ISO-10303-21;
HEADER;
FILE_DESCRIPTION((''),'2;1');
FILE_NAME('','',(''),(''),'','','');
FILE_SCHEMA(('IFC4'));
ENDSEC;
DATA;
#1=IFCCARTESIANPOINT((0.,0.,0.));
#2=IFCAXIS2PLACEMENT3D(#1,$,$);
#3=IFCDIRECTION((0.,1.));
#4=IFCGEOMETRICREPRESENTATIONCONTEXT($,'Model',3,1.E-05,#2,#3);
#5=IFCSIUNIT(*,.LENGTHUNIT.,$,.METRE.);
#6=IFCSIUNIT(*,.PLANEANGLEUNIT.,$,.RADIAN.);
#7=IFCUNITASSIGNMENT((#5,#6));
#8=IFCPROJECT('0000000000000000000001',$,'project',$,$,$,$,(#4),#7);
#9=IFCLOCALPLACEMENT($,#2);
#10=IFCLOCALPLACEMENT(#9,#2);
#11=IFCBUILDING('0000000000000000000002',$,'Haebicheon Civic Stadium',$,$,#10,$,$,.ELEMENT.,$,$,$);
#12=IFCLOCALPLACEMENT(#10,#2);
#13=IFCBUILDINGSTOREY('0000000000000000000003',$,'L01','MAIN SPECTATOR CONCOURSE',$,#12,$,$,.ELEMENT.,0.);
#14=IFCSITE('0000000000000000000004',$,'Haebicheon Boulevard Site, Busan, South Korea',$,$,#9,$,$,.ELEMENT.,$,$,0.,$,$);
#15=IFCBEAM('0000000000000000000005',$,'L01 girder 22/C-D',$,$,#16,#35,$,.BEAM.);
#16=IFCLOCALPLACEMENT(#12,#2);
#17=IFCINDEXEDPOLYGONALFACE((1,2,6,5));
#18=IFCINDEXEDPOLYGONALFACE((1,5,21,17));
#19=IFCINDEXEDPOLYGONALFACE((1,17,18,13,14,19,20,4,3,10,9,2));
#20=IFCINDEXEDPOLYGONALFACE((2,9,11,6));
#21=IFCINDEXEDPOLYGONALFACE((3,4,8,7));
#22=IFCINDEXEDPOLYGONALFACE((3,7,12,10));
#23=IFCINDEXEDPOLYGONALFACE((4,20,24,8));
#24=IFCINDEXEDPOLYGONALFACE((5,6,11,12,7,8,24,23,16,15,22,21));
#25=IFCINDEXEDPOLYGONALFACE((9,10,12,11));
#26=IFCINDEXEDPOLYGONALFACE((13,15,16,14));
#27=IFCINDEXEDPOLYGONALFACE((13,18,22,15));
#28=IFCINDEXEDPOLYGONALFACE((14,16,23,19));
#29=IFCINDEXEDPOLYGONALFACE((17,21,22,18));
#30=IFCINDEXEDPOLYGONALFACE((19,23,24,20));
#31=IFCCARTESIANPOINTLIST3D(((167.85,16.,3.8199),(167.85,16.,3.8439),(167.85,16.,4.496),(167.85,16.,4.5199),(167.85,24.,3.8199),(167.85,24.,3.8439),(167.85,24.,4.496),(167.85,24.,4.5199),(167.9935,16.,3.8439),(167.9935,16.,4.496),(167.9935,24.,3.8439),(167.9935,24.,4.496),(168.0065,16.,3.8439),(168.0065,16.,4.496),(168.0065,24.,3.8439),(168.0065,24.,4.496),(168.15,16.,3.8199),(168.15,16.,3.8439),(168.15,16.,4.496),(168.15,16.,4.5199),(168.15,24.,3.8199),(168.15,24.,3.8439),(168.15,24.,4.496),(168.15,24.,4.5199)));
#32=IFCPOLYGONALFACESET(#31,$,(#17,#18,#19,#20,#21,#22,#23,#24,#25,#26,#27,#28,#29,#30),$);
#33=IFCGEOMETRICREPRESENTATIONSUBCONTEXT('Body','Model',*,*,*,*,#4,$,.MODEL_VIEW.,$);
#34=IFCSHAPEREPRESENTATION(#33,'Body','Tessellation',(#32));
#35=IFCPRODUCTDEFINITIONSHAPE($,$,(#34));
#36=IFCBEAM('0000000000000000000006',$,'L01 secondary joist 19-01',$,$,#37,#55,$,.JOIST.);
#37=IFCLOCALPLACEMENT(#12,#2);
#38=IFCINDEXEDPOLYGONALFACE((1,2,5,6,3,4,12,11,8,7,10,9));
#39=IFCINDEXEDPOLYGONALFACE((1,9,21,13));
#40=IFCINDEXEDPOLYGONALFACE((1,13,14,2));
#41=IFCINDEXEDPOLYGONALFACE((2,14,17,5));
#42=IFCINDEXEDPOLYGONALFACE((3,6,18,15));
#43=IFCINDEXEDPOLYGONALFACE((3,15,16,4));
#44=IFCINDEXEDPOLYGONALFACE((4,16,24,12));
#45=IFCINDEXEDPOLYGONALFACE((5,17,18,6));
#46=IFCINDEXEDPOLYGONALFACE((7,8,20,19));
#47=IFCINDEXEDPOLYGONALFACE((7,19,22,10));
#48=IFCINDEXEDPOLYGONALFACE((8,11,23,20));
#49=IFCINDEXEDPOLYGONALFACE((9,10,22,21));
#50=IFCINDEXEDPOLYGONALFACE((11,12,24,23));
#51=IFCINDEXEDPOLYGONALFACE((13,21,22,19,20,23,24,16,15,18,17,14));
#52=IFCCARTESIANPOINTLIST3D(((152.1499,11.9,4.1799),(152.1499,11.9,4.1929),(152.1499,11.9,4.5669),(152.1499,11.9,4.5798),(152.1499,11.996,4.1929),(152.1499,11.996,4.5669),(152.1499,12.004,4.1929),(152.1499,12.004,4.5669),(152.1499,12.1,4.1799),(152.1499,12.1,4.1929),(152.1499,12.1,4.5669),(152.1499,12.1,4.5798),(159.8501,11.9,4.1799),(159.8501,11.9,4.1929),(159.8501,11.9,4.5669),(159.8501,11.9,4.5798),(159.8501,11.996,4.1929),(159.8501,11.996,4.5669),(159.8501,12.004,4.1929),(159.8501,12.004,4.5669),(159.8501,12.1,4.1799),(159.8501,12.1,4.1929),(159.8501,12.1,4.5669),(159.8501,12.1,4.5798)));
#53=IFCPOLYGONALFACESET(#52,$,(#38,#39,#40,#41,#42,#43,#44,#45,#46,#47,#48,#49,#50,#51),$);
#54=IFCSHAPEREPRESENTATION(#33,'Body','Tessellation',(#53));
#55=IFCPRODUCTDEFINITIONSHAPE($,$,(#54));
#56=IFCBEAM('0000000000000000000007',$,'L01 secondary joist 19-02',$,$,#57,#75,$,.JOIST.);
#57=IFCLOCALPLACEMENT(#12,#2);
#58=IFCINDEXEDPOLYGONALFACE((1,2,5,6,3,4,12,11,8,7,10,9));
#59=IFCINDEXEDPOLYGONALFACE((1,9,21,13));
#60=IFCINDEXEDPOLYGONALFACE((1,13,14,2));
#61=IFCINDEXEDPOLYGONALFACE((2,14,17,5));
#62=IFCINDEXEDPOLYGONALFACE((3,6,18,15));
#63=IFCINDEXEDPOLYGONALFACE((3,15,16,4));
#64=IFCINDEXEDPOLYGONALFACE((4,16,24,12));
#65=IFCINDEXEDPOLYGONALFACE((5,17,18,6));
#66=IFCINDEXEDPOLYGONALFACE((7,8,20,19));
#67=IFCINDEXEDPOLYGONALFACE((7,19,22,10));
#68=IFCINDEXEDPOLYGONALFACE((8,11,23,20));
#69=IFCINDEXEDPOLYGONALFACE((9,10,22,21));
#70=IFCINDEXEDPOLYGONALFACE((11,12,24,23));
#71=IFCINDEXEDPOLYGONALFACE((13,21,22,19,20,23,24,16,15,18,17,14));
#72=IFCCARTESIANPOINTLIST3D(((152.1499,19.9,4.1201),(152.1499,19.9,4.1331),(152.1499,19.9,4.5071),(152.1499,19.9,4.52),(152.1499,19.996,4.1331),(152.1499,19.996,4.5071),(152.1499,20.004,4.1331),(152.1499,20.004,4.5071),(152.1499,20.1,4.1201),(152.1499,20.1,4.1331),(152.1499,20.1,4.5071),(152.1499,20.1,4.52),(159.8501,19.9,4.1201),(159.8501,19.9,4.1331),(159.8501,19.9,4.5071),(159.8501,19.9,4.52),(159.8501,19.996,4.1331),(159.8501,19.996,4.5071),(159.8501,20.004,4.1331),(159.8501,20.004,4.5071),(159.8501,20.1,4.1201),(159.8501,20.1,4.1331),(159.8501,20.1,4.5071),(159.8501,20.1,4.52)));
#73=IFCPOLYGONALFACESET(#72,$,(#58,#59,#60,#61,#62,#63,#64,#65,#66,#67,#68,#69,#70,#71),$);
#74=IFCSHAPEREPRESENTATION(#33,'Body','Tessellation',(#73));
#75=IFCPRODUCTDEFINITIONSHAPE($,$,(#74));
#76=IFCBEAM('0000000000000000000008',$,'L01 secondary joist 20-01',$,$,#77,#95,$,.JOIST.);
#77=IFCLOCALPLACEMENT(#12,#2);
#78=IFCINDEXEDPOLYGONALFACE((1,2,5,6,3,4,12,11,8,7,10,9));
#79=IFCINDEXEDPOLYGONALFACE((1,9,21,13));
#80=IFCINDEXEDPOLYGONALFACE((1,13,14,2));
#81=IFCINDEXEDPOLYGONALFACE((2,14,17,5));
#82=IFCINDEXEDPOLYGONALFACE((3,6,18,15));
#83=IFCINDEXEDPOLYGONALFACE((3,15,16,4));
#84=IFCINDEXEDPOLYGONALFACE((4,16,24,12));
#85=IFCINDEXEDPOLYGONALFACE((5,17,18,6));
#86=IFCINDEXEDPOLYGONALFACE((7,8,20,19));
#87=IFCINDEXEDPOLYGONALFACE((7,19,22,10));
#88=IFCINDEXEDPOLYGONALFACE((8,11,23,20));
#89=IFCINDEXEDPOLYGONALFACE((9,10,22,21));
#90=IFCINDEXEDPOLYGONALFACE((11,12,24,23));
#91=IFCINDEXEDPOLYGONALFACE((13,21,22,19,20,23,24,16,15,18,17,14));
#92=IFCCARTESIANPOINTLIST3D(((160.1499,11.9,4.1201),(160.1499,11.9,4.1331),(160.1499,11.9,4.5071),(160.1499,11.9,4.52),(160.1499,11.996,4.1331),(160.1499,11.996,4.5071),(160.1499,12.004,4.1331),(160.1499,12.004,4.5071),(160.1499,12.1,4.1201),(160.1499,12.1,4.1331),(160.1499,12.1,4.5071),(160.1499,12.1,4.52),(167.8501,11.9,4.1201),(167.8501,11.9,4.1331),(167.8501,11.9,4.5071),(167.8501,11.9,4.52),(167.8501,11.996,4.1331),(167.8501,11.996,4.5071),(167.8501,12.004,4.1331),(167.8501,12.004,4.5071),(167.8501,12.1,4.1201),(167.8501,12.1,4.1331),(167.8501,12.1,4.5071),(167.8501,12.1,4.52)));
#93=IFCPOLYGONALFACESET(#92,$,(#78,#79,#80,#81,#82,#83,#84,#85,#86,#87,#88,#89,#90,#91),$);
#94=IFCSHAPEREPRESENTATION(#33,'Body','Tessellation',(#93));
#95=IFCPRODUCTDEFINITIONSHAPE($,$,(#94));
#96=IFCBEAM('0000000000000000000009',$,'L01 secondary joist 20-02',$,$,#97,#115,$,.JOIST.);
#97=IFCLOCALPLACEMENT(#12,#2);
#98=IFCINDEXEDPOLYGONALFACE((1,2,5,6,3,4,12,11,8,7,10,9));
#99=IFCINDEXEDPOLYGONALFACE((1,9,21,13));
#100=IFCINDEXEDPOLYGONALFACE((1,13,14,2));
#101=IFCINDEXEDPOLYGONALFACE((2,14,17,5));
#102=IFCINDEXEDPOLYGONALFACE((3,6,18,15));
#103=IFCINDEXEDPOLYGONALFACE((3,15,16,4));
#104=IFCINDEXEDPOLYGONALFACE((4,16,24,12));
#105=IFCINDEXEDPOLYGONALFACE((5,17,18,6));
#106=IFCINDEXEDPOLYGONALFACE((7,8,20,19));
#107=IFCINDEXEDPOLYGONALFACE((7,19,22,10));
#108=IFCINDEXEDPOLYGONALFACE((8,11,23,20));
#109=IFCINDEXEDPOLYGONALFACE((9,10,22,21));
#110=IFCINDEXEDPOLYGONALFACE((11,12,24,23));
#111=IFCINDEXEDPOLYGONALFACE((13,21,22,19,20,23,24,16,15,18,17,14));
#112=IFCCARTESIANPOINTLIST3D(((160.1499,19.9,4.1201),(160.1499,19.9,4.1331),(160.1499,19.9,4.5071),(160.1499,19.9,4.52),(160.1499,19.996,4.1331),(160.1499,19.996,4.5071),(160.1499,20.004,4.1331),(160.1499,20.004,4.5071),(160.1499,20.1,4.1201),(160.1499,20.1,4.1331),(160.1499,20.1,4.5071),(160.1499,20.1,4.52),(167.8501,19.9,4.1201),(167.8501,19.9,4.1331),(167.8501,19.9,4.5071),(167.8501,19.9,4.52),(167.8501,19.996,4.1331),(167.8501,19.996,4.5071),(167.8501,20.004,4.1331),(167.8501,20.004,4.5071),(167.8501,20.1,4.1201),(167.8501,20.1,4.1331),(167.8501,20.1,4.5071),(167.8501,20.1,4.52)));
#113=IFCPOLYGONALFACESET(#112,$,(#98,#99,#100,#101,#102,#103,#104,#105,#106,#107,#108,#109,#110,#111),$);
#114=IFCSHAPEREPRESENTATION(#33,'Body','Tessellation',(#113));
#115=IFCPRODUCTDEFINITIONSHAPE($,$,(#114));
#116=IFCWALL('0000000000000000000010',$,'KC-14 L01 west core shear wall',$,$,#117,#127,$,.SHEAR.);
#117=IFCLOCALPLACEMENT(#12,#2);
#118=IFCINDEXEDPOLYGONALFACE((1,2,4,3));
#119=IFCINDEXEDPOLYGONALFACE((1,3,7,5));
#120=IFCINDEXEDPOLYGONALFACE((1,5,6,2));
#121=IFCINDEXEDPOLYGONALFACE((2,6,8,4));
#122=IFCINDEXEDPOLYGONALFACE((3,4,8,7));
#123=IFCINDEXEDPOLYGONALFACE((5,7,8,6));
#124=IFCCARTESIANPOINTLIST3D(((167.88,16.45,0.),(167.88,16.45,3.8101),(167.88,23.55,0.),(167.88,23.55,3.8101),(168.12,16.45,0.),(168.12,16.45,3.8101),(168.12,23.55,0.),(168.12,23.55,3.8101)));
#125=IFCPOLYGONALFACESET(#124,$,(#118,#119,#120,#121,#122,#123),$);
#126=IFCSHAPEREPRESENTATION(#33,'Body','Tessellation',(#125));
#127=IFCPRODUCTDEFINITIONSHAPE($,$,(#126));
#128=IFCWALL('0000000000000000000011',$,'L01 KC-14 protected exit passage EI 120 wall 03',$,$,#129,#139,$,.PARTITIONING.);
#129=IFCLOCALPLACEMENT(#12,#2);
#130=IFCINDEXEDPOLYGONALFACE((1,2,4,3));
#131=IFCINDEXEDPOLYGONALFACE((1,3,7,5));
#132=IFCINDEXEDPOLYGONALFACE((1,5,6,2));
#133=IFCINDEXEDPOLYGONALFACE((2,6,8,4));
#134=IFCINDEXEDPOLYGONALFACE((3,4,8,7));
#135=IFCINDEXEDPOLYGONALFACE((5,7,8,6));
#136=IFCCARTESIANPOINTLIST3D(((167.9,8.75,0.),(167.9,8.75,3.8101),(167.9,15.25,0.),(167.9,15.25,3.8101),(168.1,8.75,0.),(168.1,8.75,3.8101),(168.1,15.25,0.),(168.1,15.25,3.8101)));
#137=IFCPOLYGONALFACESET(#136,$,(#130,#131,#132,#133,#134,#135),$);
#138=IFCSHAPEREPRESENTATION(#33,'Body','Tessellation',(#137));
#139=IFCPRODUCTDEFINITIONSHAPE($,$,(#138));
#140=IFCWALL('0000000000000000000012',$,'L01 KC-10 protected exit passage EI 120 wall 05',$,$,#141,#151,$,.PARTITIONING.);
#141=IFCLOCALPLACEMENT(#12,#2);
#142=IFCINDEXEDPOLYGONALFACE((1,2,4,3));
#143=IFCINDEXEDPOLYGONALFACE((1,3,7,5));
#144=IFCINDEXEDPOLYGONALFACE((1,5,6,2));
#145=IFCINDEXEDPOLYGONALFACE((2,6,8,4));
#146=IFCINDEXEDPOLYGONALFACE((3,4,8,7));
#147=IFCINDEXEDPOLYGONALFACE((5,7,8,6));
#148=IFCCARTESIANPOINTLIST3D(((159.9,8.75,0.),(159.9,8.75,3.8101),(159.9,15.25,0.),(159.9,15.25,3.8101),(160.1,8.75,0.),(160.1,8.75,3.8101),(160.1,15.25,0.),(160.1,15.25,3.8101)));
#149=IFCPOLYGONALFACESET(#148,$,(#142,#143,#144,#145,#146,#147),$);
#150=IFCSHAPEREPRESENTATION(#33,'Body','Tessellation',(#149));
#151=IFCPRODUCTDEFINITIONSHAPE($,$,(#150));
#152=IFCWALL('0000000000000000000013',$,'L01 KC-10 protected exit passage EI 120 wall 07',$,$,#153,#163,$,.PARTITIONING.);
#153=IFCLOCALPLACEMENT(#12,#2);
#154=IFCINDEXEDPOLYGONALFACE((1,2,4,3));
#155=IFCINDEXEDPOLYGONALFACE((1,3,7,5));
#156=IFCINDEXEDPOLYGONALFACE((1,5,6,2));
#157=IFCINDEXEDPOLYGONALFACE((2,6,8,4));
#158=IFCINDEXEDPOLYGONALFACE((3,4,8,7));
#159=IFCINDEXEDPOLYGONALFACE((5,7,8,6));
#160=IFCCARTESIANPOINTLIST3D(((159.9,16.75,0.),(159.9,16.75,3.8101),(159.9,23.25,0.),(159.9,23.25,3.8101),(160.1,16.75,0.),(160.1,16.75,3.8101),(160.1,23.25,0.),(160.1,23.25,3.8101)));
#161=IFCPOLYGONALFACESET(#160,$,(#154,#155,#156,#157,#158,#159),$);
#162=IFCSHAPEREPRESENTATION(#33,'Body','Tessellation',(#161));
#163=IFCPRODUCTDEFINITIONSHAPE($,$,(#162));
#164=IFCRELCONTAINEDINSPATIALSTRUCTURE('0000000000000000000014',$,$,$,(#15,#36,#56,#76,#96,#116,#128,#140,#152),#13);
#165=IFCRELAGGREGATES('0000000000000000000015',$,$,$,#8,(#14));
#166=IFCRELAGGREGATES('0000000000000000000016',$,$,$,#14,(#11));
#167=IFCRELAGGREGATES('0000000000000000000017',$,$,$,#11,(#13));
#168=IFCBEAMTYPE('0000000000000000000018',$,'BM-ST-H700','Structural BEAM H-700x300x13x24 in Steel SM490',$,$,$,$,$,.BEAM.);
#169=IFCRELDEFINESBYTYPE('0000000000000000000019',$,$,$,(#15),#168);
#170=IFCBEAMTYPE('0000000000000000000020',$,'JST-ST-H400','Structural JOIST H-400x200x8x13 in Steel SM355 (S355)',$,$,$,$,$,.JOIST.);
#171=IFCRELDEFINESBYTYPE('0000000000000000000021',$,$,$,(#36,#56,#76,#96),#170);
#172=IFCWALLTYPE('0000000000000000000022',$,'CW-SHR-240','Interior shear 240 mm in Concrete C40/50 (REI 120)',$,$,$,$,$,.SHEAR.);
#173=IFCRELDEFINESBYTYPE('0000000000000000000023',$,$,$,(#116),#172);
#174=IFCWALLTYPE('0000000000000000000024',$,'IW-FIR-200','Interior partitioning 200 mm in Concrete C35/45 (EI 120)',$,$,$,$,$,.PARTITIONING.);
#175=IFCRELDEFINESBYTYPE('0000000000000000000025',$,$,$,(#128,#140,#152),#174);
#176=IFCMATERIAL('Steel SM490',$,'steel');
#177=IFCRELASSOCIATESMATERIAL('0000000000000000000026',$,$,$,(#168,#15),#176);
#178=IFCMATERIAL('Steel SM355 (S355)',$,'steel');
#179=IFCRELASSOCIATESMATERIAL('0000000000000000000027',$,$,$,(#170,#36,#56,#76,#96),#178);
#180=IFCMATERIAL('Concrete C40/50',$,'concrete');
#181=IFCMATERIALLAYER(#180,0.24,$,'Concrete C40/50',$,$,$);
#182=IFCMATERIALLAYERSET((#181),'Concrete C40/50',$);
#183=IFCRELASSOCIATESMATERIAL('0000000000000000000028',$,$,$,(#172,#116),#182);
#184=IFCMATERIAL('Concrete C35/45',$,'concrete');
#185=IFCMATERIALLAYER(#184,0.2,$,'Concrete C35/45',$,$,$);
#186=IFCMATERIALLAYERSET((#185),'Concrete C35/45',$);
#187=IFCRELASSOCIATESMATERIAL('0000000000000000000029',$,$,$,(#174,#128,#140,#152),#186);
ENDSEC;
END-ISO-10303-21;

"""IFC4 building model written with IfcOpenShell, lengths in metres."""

from ifc_helpers import new_model, si_unit, direction, frame, frame_2d, origin, origin_2d, place, context, subcontext, project, spatial, rectangle, i_section, extrude, material, layer, layer_set, material_profile, profile_set, type_object, element, save


model = new_model("IFC4")

# Units and contexts
model_context = context("Model", 3, precision=1e-05, world=origin(), true_north=direction((0.0, 1.0)))
body_context = subcontext(model_context, "Body", "Model", "MODEL_VIEW")
ifc_project = project(units=[si_unit("LENGTHUNIT", "METRE"), si_unit("PLANEANGLEUNIT", "RADIAN")], contexts=[model_context])

# Site, building, storey
site_placement = place(None, origin())
site = spatial("IfcSite", under=ifc_project, at=site_placement, Name="Haebicheon Boulevard Site, Busan, South Korea", CompositionType="ELEMENT", RefElevation=0.0)
building_placement = place(site_placement, origin())
building = spatial("IfcBuilding", under=site, at=building_placement, Name="Haebicheon Civic Stadium", CompositionType="ELEMENT")
storey_placement = place(building_placement, origin())
storey = spatial("IfcBuildingStorey", under=building, at=storey_placement, Name="L01", Description="MAIN SPECTATOR CONCOURSE", CompositionType="ELEMENT", Elevation=0.0)

# Beams
ifc_material_1 = material(Name="Steel SM490", Category="steel")
ifc_material_profile_1 = material_profile(ifc_material_1, i_section(OverallWidth=0.3, OverallDepth=0.7, WebThickness=0.0129, FlangeThickness=0.0239, at=origin_2d()), Name="H-700x300x13x24")
ifc_profile_set_1 = profile_set([ifc_material_profile_1], Name="Steel SM490")
beam_type_1 = type_object("IfcBeamType", Name="BM-ST-H700", Description="Structural BEAM H-700x300x13x24 in Steel SM490", PredefinedType="BEAM", material=ifc_profile_set_1)
for number, where, z_axis, x_axis, name in (
    (1, (168.0, 16.0, 4.1699), (0.0, 1.0, 0.0), (-1.0, 0.0, 0.0), "L01 girder 22/C-D"),
):
    element("IfcBeam", number, at=place(storey_placement, frame(where, z_axis=z_axis, x_axis=x_axis)), inside=storey, type_object=beam_type_1, material=ifc_profile_set_1, Name=name, PredefinedType="BEAM", context=body_context, shape_type="SweptSolid", body=[
        extrude(i_section(OverallWidth=0.3, OverallDepth=0.7, WebThickness=0.0129, FlangeThickness=0.0239, at=origin_2d()), origin(), (0.0, 0.0, 1.0), 8.0),
    ])
ifc_material_2 = material(Name="Steel SM355 (S355)", Category="steel")
ifc_material_profile_2 = material_profile(ifc_material_2, i_section(OverallWidth=0.2, OverallDepth=0.3999, WebThickness=0.0081, FlangeThickness=0.0129, at=origin_2d()), Name="H-400x200x8x13")
ifc_profile_set_2 = profile_set([ifc_material_profile_2], Name="Steel SM355 (S355)")
beam_type_2 = type_object("IfcBeamType", Name="JST-ST-H400", Description="Structural JOIST H-400x200x8x13 in Steel SM355 (S355)", PredefinedType="JOIST", material=ifc_profile_set_2)
for number, where, z_axis, x_axis, name in (
    (2, (152.1499, 12.0, 4.3799), (1.0, 0.0, 0.0), (0.0, 1.0, 0.0), "L01 secondary joist 19-01"),
    (3, (152.1499, 20.0, 4.3201), (1.0, 0.0, 0.0), (0.0, 1.0, 0.0), "L01 secondary joist 19-02"),
    (4, (160.1499, 12.0, 4.3201), (1.0, 0.0, 0.0), (0.0, 1.0, 0.0), "L01 secondary joist 20-01"),
    (5, (160.1499, 20.0, 4.3201), (1.0, 0.0, 0.0), (0.0, 1.0, 0.0), "L01 secondary joist 20-02"),
):
    element("IfcBeam", number, at=place(storey_placement, frame(where, z_axis=z_axis, x_axis=x_axis)), inside=storey, type_object=beam_type_2, material=ifc_profile_set_2, Name=name, PredefinedType="JOIST", context=body_context, shape_type="SweptSolid", body=[
        extrude(i_section(OverallWidth=0.2, OverallDepth=0.3999, WebThickness=0.0081, FlangeThickness=0.0129, at=origin_2d()), origin(), (0.0, 0.0, 1.0), 7.7002),
    ])

# Walls
ifc_material_3 = material(Name="Concrete C40/50", Category="concrete")
ifc_layer_1 = layer(ifc_material_3, 0.24, Name="Concrete C40/50")
ifc_layer_set_1 = layer_set([ifc_layer_1], Name="Concrete C40/50")
wall_type_1 = type_object("IfcWallType", Name="CW-SHR-240", Description="Interior shear 240 mm in Concrete C40/50 (REI 120)", PredefinedType="SHEAR", material=ifc_layer_set_1)
wall_placement = place(storey_placement, frame((168.0, 16.45, 0.0), z_axis=(0.0, 0.0, 1.0), x_axis=(0.0, 1.0, 0.0)))
element("IfcWall", 6, at=wall_placement, inside=storey, type_object=wall_type_1, material=ifc_layer_set_1, Name="KC-14 L01 west core shear wall", PredefinedType="SHEAR", context=body_context, shape_type="SweptSolid", body=[
    extrude(rectangle(XDim=7.1001, YDim=0.24, at=frame_2d((3.55, 0.0))), origin(), (0.0, 0.0, 1.0), 3.8101),
])
ifc_material_4 = material(Name="Concrete C35/45", Category="concrete")
ifc_layer_2 = layer(ifc_material_4, 0.2, Name="Concrete C35/45")
ifc_layer_set_2 = layer_set([ifc_layer_2], Name="Concrete C35/45")
wall_type_2 = type_object("IfcWallType", Name="IW-FIR-200", Description="Interior partitioning 200 mm in Concrete C35/45 (EI 120)", PredefinedType="PARTITIONING", material=ifc_layer_set_2)
for number, where, z_axis, x_axis, name in (
    (7, (168.0, 8.75, 0.0), (0.0, 0.0, 1.0), (0.0, 1.0, 0.0), "L01 KC-14 protected exit passage EI 120 wall 03"),
    (8, (160.0, 8.75, 0.0), (0.0, 0.0, 1.0), (0.0, 1.0, 0.0), "L01 KC-10 protected exit passage EI 120 wall 05"),
    (9, (160.0, 16.75, 0.0), (0.0, 0.0, 1.0), (0.0, 1.0, 0.0), "L01 KC-10 protected exit passage EI 120 wall 07"),
):
    element("IfcWall", number, at=place(storey_placement, frame(where, z_axis=z_axis, x_axis=x_axis)), inside=storey, type_object=wall_type_2, material=ifc_layer_set_2, Name=name, PredefinedType="PARTITIONING", context=body_context, shape_type="SweptSolid", body=[
        extrude(rectangle(XDim=6.5, YDim=0.2, at=frame_2d((3.25, 0.0))), origin(), (0.0, 0.0, 1.0), 3.8101),
    ])

save(model, "model.ifc")
